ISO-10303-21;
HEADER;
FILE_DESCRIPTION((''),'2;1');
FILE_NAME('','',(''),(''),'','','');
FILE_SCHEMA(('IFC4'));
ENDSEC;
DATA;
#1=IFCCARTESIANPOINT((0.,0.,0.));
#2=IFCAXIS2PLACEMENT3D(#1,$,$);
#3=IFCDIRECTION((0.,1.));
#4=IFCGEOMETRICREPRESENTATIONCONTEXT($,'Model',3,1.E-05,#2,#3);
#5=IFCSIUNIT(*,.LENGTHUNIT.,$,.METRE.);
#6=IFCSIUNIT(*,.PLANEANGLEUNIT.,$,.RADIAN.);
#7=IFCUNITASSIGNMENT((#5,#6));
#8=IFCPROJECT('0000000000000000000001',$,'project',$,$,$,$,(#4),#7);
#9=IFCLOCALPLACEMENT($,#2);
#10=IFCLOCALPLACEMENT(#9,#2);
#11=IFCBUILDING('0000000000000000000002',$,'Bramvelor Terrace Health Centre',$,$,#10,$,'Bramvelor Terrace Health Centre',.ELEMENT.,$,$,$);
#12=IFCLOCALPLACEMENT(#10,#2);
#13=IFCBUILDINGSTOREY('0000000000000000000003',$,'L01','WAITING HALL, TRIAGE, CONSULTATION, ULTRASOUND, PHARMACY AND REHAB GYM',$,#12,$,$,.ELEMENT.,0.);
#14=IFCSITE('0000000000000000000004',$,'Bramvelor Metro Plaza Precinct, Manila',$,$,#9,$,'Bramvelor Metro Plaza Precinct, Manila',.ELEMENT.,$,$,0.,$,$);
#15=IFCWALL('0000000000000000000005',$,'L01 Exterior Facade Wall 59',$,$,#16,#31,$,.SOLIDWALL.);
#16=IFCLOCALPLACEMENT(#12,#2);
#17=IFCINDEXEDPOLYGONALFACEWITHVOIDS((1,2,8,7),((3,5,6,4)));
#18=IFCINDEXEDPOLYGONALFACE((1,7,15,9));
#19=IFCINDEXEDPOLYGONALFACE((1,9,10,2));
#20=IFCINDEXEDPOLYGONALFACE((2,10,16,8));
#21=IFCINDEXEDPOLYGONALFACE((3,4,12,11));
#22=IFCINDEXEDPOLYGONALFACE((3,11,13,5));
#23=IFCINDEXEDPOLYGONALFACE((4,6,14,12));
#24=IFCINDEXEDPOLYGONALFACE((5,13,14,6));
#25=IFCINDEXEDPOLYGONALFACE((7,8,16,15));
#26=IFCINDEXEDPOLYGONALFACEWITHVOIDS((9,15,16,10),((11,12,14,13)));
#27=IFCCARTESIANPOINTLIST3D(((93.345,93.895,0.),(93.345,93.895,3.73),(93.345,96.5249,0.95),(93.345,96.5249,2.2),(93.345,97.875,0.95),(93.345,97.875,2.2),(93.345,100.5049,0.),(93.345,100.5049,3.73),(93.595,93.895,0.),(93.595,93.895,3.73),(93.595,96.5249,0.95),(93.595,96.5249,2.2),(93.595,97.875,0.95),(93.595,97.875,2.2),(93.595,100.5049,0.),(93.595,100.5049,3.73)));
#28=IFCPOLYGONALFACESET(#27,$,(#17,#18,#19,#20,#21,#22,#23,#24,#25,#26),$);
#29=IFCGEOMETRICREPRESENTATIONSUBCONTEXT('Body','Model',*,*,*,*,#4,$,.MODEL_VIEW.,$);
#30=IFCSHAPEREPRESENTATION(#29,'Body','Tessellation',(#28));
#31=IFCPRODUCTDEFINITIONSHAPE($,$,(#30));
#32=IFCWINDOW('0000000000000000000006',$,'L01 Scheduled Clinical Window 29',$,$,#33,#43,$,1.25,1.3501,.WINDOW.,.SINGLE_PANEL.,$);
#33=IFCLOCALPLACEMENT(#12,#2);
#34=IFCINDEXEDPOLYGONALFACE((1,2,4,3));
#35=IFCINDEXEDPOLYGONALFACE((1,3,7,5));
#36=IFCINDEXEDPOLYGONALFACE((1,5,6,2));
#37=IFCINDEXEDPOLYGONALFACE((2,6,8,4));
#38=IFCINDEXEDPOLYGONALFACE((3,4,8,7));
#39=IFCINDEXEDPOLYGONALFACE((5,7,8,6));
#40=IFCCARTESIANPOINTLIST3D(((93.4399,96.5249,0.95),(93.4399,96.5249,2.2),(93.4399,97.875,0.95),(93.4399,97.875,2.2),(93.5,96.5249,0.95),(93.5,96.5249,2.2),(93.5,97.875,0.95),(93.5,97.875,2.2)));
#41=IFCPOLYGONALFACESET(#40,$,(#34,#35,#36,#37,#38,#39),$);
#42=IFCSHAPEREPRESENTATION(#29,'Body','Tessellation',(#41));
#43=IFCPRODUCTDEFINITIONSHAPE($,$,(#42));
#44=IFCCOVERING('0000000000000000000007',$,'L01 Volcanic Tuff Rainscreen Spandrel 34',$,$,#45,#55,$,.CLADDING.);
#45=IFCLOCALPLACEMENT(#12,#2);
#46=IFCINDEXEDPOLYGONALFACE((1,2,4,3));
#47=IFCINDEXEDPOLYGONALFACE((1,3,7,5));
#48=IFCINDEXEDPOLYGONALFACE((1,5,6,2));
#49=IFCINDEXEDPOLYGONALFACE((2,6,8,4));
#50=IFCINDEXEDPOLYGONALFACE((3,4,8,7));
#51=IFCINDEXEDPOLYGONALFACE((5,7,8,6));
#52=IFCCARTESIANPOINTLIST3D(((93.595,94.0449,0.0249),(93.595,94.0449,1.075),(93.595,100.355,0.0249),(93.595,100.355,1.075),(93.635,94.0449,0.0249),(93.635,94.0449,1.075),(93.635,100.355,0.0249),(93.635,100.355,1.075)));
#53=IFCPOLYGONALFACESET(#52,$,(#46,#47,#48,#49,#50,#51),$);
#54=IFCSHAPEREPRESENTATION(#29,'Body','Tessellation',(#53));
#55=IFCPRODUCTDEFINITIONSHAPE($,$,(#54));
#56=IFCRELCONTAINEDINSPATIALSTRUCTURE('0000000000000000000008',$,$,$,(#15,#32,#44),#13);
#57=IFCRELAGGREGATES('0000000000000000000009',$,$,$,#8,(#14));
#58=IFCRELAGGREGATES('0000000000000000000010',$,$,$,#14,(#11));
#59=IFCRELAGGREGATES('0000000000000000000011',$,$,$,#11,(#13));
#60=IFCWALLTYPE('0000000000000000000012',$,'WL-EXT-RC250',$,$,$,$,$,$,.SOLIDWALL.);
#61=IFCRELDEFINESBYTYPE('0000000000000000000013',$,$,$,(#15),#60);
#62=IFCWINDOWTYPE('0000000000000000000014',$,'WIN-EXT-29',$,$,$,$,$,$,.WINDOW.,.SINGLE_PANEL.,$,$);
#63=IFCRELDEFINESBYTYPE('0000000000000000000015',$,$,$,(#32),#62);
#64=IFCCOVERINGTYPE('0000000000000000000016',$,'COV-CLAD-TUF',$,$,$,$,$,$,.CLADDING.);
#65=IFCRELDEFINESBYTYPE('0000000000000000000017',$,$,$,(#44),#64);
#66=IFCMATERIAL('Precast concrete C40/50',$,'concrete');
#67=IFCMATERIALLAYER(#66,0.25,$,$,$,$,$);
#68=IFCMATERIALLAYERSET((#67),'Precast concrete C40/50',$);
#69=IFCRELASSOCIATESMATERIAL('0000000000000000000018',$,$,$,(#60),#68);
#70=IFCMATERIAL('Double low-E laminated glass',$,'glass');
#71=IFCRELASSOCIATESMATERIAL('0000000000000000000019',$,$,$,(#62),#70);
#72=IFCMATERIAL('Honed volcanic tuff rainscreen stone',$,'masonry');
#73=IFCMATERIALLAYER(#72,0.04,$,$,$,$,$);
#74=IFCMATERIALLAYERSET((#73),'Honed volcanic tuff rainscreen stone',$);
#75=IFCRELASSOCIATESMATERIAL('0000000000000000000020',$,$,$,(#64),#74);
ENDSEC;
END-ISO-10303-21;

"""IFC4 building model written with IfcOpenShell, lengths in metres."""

from ifc_helpers import new_model, si_unit, direction, frame, frame_2d, origin, origin_2d, place, context, subcontext, project, spatial, rectangle, extrude, material, layer, layer_set, type_object, element, fill, save


model = new_model("IFC4")

# Units and contexts
model_context = context("Model", 3, precision=1e-05, world=origin(), true_north=direction((0.0, 1.0)))
body_context = subcontext(model_context, "Body", "Model", "MODEL_VIEW")
ifc_project = project(units=[si_unit("LENGTHUNIT", "METRE"), si_unit("PLANEANGLEUNIT", "RADIAN")], contexts=[model_context])

# Site, building, storey
site_placement = place(None, origin())
site = spatial("IfcSite", under=ifc_project, at=site_placement, Name="Bramvelor Metro Plaza Precinct, Manila", LongName="Bramvelor Metro Plaza Precinct, Manila", CompositionType="ELEMENT", RefElevation=0.0)
building_placement = place(site_placement, origin())
building = spatial("IfcBuilding", under=site, at=building_placement, Name="Bramvelor Terrace Health Centre", LongName="Bramvelor Terrace Health Centre", CompositionType="ELEMENT")
storey_placement = place(building_placement, origin())
storey = spatial("IfcBuildingStorey", under=building, at=storey_placement, Name="L01", Description="WAITING HALL, TRIAGE, CONSULTATION, ULTRASOUND, PHARMACY AND REHAB GYM", CompositionType="ELEMENT", Elevation=0.0)

# Wall, opening, window
ifc_material_1 = material(Name="Precast concrete C40/50", Category="concrete")
ifc_layer_1 = layer(ifc_material_1, 0.25)
ifc_layer_set_1 = layer_set([ifc_layer_1], Name="Precast concrete C40/50")
wall_type = type_object("IfcWallType", Name="WL-EXT-RC250", PredefinedType="SOLIDWALL", material=ifc_layer_set_1)
wall_placement = place(storey_placement, frame((93.47, 100.5049, 0.0), z_axis=(0.0, 0.0, 1.0), x_axis=(0.0, -1.0, 0.0)))
wall = element("IfcWall", 1, at=wall_placement, inside=storey, type_object=wall_type, Name="L01 Exterior Facade Wall 59", PredefinedType="SOLIDWALL", context=body_context, shape_type="SweptSolid", body=[
    extrude(rectangle(XDim=6.6099, YDim=0.25, at=frame_2d((3.3049, 0.0))), origin(), (0.0, 0.0, 1.0), 3.73),
])
opening_placement = place(wall_placement, frame((2.6299, 0.0, 0.95)))
opening = element("IfcOpeningElement", 2, at=opening_placement, cuts=wall, PredefinedType="OPENING", context=body_context, shape_type="SweptSolid", body=[
    extrude(rectangle(XDim=1.3501, YDim=1.25, at=frame_2d((0.675, 0.625))), frame((0.0, 0.135, 0.0), z_axis=(0.0, -1.0, 0.0), x_axis=(1.0, 0.0, 0.0)), (0.0, 0.0, 1.0), 0.27),
])
ifc_material_2 = material(Name="Double low-E laminated glass", Category="glass")
window_type = type_object("IfcWindowType", Name="WIN-EXT-29", PartitioningType="SINGLE_PANEL", PredefinedType="WINDOW", material=ifc_material_2)
window_placement = place(opening_placement, origin())
window = element("IfcWindow", 3, at=window_placement, inside=storey, type_object=window_type, Name="L01 Scheduled Clinical Window 29", OverallHeight=1.25, OverallWidth=1.3501, PartitioningType="SINGLE_PANEL", PredefinedType="WINDOW", context=body_context, shape_type="SweptSolid", body=[
    extrude(rectangle(XDim=1.3501, YDim=1.25, at=frame_2d((0.675, 0.625))), frame((0.0, 0.03, 0.0), z_axis=(0.0, -1.0, 0.0), x_axis=(1.0, 0.0, 0.0)), (0.0, 0.0, 1.0), 0.0601),
])
fill(opening, window)

# Covering
ifc_material_3 = material(Name="Honed volcanic tuff rainscreen stone", Category="masonry")
ifc_layer_2 = layer(ifc_material_3, 0.04)
ifc_layer_set_2 = layer_set([ifc_layer_2], Name="Honed volcanic tuff rainscreen stone")
covering_type = type_object("IfcCoveringType", Name="COV-CLAD-TUF", PredefinedType="CLADDING", material=ifc_layer_set_2)
covering_placement = place(storey_placement, frame((93.615, 97.2, 0.0249), z_axis=(0.0, 0.0, 1.0), x_axis=(1.0, 0.0, 0.0)))
element("IfcCovering", 4, at=covering_placement, inside=storey, type_object=covering_type, Name="L01 Volcanic Tuff Rainscreen Spandrel 34", PredefinedType="CLADDING", context=body_context, shape_type="SweptSolid", body=[
    extrude(rectangle(XDim=0.04, YDim=6.3101, at=origin_2d()), origin(), (0.0, 0.0, 1.0), 1.05),
])

save(model, "model.ifc")
